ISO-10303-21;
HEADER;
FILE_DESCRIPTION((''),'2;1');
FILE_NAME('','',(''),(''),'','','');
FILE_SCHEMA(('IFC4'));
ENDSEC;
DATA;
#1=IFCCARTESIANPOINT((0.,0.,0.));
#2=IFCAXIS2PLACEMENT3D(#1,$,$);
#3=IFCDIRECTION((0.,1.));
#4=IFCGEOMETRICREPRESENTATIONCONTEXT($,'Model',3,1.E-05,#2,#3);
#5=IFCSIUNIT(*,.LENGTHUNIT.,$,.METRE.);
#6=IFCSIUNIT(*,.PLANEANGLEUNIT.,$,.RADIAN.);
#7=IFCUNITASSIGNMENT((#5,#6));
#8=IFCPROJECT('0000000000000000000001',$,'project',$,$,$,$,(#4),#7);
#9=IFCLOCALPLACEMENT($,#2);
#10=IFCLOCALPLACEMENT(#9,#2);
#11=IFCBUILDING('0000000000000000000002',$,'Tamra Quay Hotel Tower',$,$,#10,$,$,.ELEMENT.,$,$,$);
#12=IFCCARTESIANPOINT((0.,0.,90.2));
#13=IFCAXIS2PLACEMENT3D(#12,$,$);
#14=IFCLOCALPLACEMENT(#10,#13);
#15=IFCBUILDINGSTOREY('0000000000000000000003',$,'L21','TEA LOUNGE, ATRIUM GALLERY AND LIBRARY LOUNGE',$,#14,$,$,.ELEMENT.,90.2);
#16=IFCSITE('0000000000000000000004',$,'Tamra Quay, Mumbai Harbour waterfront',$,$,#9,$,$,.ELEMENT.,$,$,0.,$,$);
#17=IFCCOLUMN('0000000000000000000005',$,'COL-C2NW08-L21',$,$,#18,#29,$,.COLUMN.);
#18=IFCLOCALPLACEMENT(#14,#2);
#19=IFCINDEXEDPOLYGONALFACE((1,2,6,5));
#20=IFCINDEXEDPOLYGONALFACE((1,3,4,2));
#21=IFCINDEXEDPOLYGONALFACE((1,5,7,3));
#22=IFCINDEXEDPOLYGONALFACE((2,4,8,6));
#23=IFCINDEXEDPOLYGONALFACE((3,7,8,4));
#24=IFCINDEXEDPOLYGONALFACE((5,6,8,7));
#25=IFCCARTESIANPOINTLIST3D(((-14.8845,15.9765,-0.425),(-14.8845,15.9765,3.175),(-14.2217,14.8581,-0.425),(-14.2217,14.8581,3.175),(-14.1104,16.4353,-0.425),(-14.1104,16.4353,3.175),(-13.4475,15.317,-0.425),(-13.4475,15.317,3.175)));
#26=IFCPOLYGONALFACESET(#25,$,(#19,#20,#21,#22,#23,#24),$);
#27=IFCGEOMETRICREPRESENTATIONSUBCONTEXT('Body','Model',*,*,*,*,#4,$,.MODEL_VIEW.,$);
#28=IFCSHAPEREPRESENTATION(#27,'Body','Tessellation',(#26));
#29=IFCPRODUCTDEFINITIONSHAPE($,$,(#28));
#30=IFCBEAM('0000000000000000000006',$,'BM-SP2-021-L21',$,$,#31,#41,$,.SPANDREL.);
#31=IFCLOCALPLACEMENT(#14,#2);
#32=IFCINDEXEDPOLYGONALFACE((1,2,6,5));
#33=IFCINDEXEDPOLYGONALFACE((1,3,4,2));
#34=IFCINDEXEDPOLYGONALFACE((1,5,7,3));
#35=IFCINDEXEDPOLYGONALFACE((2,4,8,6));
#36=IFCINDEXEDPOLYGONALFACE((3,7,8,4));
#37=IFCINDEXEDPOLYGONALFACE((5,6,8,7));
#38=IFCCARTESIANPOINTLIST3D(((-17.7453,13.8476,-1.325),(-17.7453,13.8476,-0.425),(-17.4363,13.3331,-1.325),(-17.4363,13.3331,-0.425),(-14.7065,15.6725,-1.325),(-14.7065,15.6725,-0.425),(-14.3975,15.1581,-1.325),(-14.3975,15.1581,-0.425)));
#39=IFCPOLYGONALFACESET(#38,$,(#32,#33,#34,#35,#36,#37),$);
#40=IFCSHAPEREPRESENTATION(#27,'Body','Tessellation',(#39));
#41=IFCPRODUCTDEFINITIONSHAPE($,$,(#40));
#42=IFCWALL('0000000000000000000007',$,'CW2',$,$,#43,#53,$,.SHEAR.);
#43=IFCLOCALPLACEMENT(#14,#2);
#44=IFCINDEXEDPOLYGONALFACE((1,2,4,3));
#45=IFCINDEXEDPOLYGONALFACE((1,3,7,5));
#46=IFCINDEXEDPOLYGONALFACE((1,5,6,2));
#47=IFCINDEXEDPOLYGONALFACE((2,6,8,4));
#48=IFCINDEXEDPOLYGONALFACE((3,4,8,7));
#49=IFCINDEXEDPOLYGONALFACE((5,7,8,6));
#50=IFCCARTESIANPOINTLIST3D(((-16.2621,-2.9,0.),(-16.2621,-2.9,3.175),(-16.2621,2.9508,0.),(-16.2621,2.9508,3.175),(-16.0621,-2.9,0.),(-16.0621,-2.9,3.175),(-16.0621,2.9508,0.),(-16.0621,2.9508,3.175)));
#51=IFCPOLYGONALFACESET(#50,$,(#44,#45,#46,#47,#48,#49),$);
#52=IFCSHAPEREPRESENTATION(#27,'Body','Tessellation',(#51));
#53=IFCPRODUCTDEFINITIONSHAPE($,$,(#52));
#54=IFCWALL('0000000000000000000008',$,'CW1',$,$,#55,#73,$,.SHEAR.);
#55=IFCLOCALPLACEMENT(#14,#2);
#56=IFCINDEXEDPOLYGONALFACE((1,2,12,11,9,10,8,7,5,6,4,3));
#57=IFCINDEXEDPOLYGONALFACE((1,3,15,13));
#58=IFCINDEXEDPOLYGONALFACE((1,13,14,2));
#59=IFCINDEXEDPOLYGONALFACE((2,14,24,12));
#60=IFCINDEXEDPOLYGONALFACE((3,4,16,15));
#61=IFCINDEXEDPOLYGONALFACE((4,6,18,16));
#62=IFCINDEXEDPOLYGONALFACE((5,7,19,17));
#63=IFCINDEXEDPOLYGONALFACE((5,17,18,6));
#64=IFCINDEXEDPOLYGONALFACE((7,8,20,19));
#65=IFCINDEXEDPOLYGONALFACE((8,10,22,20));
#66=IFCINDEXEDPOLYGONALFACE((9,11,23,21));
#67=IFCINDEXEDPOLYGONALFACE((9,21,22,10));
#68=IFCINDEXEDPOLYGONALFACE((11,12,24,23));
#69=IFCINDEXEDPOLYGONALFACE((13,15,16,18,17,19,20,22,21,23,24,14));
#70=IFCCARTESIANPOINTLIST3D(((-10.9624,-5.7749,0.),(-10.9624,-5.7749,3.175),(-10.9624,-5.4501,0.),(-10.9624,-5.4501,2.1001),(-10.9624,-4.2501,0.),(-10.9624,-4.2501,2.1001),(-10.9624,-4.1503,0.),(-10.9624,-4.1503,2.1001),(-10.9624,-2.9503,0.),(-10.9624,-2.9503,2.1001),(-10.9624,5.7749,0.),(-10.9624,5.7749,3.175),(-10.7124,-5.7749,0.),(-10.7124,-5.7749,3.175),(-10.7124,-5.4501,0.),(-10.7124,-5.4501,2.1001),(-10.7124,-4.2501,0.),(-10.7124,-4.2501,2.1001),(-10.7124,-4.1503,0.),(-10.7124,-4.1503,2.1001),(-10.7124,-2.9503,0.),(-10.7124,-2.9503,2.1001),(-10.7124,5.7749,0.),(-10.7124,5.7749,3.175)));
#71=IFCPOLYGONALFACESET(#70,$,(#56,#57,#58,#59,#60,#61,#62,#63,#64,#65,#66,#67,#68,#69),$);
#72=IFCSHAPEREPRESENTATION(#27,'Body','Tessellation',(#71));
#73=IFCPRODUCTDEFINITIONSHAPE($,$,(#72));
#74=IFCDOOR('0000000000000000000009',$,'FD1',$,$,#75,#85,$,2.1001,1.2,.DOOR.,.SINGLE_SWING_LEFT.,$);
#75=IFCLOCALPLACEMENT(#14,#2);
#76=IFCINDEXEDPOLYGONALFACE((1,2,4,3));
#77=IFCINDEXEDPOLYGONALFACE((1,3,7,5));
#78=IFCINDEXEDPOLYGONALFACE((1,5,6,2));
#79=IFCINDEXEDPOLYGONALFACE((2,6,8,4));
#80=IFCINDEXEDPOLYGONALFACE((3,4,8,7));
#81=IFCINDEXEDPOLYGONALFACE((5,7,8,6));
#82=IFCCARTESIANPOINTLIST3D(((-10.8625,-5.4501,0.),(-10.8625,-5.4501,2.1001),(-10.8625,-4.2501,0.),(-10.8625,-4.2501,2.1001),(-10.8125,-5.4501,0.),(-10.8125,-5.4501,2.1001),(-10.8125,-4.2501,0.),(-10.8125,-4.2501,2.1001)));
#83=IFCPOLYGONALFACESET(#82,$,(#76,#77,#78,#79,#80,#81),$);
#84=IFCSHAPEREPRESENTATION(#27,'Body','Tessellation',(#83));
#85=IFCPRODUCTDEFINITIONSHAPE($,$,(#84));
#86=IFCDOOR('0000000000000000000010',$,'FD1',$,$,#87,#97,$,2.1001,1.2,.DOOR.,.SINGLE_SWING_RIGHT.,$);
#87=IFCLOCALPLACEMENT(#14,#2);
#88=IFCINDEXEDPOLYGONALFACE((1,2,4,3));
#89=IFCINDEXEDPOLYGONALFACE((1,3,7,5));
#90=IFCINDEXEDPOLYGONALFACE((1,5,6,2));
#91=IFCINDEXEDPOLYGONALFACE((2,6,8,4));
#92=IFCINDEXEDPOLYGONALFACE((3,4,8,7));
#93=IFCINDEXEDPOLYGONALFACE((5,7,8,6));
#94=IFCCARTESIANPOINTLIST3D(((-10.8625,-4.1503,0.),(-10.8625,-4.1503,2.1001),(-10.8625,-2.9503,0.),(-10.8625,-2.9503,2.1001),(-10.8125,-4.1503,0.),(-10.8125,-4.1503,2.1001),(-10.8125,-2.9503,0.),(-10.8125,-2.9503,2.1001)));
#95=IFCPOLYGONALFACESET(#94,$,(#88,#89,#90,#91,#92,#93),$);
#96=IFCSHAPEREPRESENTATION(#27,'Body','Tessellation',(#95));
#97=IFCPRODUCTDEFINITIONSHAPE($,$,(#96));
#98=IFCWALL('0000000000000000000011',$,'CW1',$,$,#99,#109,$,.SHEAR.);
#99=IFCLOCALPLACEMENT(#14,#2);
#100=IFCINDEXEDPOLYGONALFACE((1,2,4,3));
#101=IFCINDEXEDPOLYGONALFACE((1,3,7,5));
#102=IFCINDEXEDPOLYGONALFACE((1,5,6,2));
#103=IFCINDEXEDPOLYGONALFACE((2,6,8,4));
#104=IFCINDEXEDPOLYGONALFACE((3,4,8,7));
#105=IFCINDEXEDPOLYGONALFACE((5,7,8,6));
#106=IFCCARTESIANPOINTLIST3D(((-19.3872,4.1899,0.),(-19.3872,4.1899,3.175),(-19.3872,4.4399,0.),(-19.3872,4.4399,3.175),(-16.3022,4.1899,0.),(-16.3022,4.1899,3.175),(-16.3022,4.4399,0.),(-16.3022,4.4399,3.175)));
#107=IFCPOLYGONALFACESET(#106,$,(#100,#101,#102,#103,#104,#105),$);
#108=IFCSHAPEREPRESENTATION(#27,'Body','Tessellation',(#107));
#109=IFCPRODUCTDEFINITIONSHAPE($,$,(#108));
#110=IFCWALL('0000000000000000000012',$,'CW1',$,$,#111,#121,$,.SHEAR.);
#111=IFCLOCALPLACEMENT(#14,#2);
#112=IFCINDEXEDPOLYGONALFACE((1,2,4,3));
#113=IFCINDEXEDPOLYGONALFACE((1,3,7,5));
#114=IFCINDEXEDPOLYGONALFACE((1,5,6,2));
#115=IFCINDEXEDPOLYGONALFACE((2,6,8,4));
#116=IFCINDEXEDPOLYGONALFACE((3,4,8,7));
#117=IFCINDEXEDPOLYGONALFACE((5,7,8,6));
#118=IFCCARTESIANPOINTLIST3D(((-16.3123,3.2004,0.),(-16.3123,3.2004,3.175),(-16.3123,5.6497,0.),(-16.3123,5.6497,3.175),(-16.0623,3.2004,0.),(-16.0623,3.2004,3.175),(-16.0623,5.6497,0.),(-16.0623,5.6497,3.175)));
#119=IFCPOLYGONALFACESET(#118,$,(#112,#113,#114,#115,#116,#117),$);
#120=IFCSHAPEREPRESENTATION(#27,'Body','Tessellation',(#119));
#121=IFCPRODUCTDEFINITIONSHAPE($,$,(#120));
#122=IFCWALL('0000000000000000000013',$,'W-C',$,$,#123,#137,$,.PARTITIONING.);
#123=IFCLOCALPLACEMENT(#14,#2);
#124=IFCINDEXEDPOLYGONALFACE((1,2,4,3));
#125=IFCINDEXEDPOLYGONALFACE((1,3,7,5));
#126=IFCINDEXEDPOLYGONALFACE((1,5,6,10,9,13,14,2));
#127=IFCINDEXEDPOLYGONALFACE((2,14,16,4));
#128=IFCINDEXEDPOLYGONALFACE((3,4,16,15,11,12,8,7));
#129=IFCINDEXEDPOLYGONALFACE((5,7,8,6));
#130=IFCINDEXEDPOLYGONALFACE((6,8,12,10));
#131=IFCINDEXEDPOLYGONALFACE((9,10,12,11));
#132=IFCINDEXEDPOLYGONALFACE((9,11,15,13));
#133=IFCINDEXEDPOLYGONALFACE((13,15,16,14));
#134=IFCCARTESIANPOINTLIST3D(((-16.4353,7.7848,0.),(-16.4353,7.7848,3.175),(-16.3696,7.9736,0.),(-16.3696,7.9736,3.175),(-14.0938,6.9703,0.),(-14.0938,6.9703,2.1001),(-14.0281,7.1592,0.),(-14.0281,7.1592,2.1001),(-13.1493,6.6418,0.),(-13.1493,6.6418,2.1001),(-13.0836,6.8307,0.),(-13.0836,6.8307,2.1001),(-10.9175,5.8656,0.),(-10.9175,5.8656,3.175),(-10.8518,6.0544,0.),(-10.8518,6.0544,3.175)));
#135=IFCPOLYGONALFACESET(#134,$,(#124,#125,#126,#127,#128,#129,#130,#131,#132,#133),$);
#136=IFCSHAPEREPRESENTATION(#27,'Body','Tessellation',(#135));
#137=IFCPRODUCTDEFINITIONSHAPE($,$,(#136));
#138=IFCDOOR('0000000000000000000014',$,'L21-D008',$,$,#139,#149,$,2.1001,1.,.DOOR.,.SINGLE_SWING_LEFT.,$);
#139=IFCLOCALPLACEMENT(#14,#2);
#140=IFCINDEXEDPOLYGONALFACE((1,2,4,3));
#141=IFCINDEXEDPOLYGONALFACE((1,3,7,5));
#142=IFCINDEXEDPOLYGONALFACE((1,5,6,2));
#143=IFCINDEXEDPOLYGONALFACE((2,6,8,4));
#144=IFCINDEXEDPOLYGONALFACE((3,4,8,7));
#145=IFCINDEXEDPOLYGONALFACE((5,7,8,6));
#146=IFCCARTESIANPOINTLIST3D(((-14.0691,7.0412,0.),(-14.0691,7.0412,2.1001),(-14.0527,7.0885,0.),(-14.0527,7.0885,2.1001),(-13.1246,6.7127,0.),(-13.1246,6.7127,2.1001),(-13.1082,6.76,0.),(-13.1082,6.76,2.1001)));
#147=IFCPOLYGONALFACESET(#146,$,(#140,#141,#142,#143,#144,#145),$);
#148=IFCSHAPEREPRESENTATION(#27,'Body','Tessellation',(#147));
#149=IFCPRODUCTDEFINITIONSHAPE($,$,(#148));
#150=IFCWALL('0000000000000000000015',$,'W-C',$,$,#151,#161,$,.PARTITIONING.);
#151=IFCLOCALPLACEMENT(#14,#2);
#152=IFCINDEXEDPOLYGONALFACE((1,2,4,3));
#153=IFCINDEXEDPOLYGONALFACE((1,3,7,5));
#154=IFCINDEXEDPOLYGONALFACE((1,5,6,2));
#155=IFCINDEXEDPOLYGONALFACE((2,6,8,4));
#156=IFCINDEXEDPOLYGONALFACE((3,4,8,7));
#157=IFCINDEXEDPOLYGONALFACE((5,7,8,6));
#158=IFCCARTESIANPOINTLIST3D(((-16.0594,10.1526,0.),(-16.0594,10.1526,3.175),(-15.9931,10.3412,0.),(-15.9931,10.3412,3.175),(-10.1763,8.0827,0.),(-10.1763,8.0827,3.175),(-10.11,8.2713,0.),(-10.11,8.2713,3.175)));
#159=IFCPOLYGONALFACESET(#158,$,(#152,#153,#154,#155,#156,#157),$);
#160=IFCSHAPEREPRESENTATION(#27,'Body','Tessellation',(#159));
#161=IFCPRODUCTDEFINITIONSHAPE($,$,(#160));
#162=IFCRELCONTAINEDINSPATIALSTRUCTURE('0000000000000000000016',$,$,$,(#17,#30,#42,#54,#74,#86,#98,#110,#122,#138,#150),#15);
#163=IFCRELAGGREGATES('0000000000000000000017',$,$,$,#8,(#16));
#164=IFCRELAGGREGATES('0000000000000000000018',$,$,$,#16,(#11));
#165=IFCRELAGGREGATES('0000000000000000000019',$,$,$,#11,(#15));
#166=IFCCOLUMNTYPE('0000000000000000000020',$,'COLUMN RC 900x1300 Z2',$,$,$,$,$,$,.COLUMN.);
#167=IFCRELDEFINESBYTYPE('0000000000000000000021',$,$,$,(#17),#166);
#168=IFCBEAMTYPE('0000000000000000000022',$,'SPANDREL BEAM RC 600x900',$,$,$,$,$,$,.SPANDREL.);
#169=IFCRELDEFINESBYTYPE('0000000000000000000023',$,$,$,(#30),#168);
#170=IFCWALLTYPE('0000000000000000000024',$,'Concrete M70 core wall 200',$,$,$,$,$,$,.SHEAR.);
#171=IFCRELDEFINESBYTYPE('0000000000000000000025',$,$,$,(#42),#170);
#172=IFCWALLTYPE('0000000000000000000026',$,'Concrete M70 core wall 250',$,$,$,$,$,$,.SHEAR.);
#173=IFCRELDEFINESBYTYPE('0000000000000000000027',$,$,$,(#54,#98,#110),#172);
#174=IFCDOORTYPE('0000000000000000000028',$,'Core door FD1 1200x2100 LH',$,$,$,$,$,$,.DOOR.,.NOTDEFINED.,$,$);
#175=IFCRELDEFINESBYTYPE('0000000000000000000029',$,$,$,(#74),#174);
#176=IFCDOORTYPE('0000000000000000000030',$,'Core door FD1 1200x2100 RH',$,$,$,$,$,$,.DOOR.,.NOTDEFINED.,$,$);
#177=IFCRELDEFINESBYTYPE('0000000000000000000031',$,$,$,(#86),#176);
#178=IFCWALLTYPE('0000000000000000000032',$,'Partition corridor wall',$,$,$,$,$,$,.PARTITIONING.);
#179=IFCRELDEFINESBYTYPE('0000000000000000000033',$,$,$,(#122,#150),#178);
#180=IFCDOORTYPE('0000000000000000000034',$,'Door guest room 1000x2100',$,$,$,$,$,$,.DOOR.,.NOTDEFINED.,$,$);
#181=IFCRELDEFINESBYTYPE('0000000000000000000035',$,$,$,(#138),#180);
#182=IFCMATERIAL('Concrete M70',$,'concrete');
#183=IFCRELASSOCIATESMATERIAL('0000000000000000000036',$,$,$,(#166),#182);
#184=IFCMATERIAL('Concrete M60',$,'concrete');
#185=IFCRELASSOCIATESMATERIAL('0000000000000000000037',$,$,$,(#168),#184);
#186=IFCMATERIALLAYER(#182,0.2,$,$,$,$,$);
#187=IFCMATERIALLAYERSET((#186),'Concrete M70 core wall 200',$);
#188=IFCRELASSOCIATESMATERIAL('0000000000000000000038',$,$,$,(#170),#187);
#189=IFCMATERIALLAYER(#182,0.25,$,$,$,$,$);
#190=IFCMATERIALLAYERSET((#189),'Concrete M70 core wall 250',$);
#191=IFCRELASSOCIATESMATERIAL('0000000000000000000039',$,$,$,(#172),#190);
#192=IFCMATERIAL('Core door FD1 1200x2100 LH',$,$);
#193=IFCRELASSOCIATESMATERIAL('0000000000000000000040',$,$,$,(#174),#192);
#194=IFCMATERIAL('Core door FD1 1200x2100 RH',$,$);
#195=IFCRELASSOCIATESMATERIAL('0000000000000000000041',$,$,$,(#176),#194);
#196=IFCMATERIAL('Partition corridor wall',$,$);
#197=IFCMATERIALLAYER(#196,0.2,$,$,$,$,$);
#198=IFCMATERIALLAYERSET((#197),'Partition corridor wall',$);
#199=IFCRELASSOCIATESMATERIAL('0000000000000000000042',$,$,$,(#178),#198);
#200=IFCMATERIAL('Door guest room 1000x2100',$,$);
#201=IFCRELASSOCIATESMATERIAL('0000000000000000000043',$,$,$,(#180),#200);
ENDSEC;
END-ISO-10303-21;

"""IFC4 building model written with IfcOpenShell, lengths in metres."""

from ifc_helpers import new_model, si_unit, direction, frame, frame_2d, origin, origin_2d, place, context, subcontext, project, spatial, rectangle, extrude, material, layer, layer_set, material_profile, profile_set, type_object, element, fill, save


model = new_model("IFC4")

# Units and contexts
model_context = context("Model", 3, precision=1e-05, world=origin(), true_north=direction((0.0, 1.0)))
body_context = subcontext(model_context, "Body", "Model", "MODEL_VIEW")
ifc_project = project(units=[si_unit("LENGTHUNIT", "METRE"), si_unit("PLANEANGLEUNIT", "RADIAN")], contexts=[model_context])

# Site, building, storey
site_placement = place(None, origin())
site = spatial("IfcSite", under=ifc_project, at=site_placement, Name="Tamra Quay, Mumbai Harbour waterfront", CompositionType="ELEMENT", RefElevation=0.0)
building_placement = place(site_placement, origin())
building = spatial("IfcBuilding", under=site, at=building_placement, Name="Tamra Quay Hotel Tower", CompositionType="ELEMENT")
storey_placement = place(building_placement, frame((0.0, 0.0, 90.2)))
storey = spatial("IfcBuildingStorey", under=building, at=storey_placement, Name="L21", Description="TEA LOUNGE, ATRIUM GALLERY AND LIBRARY LOUNGE", CompositionType="ELEMENT", Elevation=90.2)

# Column
ifc_material_1 = material(Name="Concrete M70", Category="concrete")
ifc_material_profile_1 = material_profile(ifc_material_1, rectangle(XDim=1.3, YDim=0.8999, at=origin_2d()), Name="COLUMN RC 900x1300 Z2")
ifc_profile_set_1 = profile_set([ifc_material_profile_1], Name="Concrete M70")
column_type = type_object("IfcColumnType", Name="COLUMN RC 900x1300 Z2", PredefinedType="COLUMN", material=ifc_profile_set_1)
column_placement = place(storey_placement, frame((-14.166, 15.6467, -0.425), z_axis=(0.0, 0.0, 1.0), x_axis=(-0.509873, 0.860249, 0.0)))
element("IfcColumn", 1, at=column_placement, inside=storey, type_object=column_type, Name="COL-C2NW08-L21", PredefinedType="COLUMN", context=body_context, shape_type="SweptSolid", body=[
    extrude(rectangle(XDim=1.3, YDim=0.8999, at=origin_2d()), origin(), (0.0, 0.0, 1.0), 3.6001),
])

# Beam
ifc_material_2 = material(Name="Concrete M60", Category="concrete")
ifc_material_profile_2 = material_profile(ifc_material_2, rectangle(XDim=0.6001, YDim=0.8999, at=origin_2d()), Name="SPANDREL BEAM RC 600x900")
ifc_profile_set_2 = profile_set([ifc_material_profile_2], Name="Concrete M60")
beam_type = type_object("IfcBeamType", Name="SPANDREL BEAM RC 600x900", PredefinedType="SPANDREL", material=ifc_profile_set_2)
beam_placement = place(storey_placement, frame((-14.552, 15.4153, -0.875), z_axis=(-0.857286, -0.51484, 0.0), x_axis=(0.51484, -0.857286, 0.0)))
element("IfcBeam", 2, at=beam_placement, inside=storey, type_object=beam_type, Name="BM-SP2-021-L21", PredefinedType="SPANDREL", context=body_context, shape_type="SweptSolid", body=[
    extrude(rectangle(XDim=0.6001, YDim=0.8999, at=origin_2d()), origin(), (0.0, 0.0, 1.0), 3.5447),
])

# Wall
ifc_layer_1 = layer(ifc_material_1, 0.2)
ifc_layer_set_1 = layer_set([ifc_layer_1], Name="Concrete M70 core wall 200")
wall_type_1 = type_object("IfcWallType", Name="Concrete M70 core wall 200", PredefinedType="SHEAR", material=ifc_layer_set_1)
wall_1_placement = place(storey_placement, frame((-16.1621, 2.9507, 0.0), z_axis=(0.0, 0.0, 1.0), x_axis=(0.0, -1.0, 0.0)))
element("IfcWall", 3, at=wall_1_placement, inside=storey, type_object=wall_type_1, Name="CW2", PredefinedType="SHEAR", context=body_context, shape_type="SweptSolid", body=[
    extrude(rectangle(XDim=5.8508, YDim=0.2, at=frame_2d((2.9253, 0.0))), origin(), (0.0, 0.0, 1.0), 3.175),
])

# Wall, openings, doors
ifc_layer_2 = layer(ifc_material_1, 0.25)
ifc_layer_set_2 = layer_set([ifc_layer_2], Name="Concrete M70 core wall 250")
wall_type_2 = type_object("IfcWallType", Name="Concrete M70 core wall 250", PredefinedType="SHEAR", material=ifc_layer_set_2)
wall_2_placement = place(storey_placement, frame((-10.8374, 5.7749, 0.0), z_axis=(0.0, 0.0, 1.0), x_axis=(0.0, -1.0, 0.0)))
wall_2 = element("IfcWall", 4, at=wall_2_placement, inside=storey, type_object=wall_type_2, Name="CW1", PredefinedType="SHEAR", context=body_context, shape_type="SweptSolid", body=[
    extrude(rectangle(XDim=11.5498, YDim=0.25, at=frame_2d((5.7749, 0.0))), origin(), (0.0, 0.0, 1.0), 3.175),
])
opening_1_placement = place(wall_2_placement, frame((10.0249, 0.0, 0.0)))
opening_1 = element("IfcOpeningElement", 5, at=opening_1_placement, cuts=wall_2, PredefinedType="OPENING", context=body_context, shape_type="SweptSolid", body=[
    extrude(rectangle(XDim=1.2, YDim=2.1001, at=frame_2d((0.6001, 1.05))), frame((0.0, 0.135, 0.0), z_axis=(0.0, -1.0, 0.0), x_axis=(1.0, 0.0, 0.0)), (0.0, 0.0, 1.0), 0.27),
])
opening_2_placement = place(wall_2_placement, frame((8.7251, 0.0, 0.0)))
opening_2 = element("IfcOpeningElement", 6, at=opening_2_placement, cuts=wall_2, PredefinedType="OPENING", context=body_context, shape_type="SweptSolid", body=[
    extrude(rectangle(XDim=1.2, YDim=2.1001, at=frame_2d((0.6001, 1.05))), frame((0.0, 0.135, 0.0), z_axis=(0.0, -1.0, 0.0), x_axis=(1.0, 0.0, 0.0)), (0.0, 0.0, 1.0), 0.27),
])
ifc_material_3 = material(Name="Core door FD1 1200x2100 LH")
door_type_1 = type_object("IfcDoorType", Name="Core door FD1 1200x2100 LH", OperationType="NOTDEFINED", PredefinedType="DOOR", material=ifc_material_3)
door_1_placement = place(opening_1_placement, origin())
door_1 = element("IfcDoor", 7, at=door_1_placement, inside=storey, type_object=door_type_1, Name="FD1", OperationType="SINGLE_SWING_LEFT", OverallHeight=2.1001, OverallWidth=1.2, PredefinedType="DOOR", context=body_context, shape_type="SweptSolid", body=[
    extrude(rectangle(XDim=1.2, YDim=2.1001, at=frame_2d((0.6001, 1.05))), frame((0.0, 0.0249, 0.0), z_axis=(0.0, -1.0, 0.0), x_axis=(1.0, 0.0, 0.0)), (0.0, 0.0, 1.0), 0.05),
])
fill(opening_1, door_1)
ifc_material_4 = material(Name="Core door FD1 1200x2100 RH")
door_type_2 = type_object("IfcDoorType", Name="Core door FD1 1200x2100 RH", OperationType="NOTDEFINED", PredefinedType="DOOR", material=ifc_material_4)
door_2_placement = place(opening_2_placement, origin())
door_2 = element("IfcDoor", 8, at=door_2_placement, inside=storey, type_object=door_type_2, Name="FD1", OperationType="SINGLE_SWING_RIGHT", OverallHeight=2.1001, OverallWidth=1.2, PredefinedType="DOOR", context=body_context, shape_type="SweptSolid", body=[
    extrude(rectangle(XDim=1.2, YDim=2.1001, at=frame_2d((0.6001, 1.05))), frame((0.0, 0.0249, 0.0), z_axis=(0.0, -1.0, 0.0), x_axis=(1.0, 0.0, 0.0)), (0.0, 0.0, 1.0), 0.05),
])
fill(opening_2, door_2)

# Walls
wall_3_placement = place(storey_placement, frame((-16.3022, 4.3149, 0.0), z_axis=(0.0, 0.0, 1.0), x_axis=(-1.0, 0.0, 0.0)))
element("IfcWall", 9, at=wall_3_placement, inside=storey, type_object=wall_type_2, Name="CW1", PredefinedType="SHEAR", context=body_context, shape_type="SweptSolid", body=[
    extrude(rectangle(XDim=3.085, YDim=0.25, at=frame_2d((1.5425, 0.0))), origin(), (0.0, 0.0, 1.0), 3.175),
])
wall_4_placement = place(storey_placement, frame((-16.1873, 3.2004, 0.0), z_axis=(0.0, 0.0, 1.0), x_axis=(0.0, 1.0, 0.0)))
element("IfcWall", 10, at=wall_4_placement, inside=storey, type_object=wall_type_2, Name="CW1", PredefinedType="SHEAR", context=body_context, shape_type="SweptSolid", body=[
    extrude(rectangle(XDim=2.4492, YDim=0.25, at=frame_2d((1.2246, 0.0))), origin(), (0.0, 0.0, 1.0), 3.175),
])

# Wall, opening, door
ifc_material_5 = material(Name="Partition corridor wall")
ifc_layer_3 = layer(ifc_material_5, 0.2)
ifc_layer_set_3 = layer_set([ifc_layer_3], Name="Partition corridor wall")
wall_type_3 = type_object("IfcWallType", Name="Partition corridor wall", PredefinedType="PARTITIONING", material=ifc_layer_set_3)
wall_5_placement = place(storey_placement, frame((-16.4023, 7.8792, 0.0), z_axis=(0.0, 0.0, 1.0), x_axis=(0.9445, -0.328513, 0.0)))
wall_5 = element("IfcWall", 11, at=wall_5_placement, inside=storey, type_object=wall_type_3, Name="W-C", PredefinedType="PARTITIONING", context=body_context, shape_type="SweptSolid", body=[
    extrude(rectangle(XDim=5.842, YDim=0.2, at=frame_2d((2.9209, 0.0))), origin(), (0.0, 0.0, 1.0), 3.175),
])
opening_3_placement = place(wall_5_placement, frame((2.479, 0.0, 0.0)))
opening_3 = element("IfcOpeningElement", 12, at=opening_3_placement, cuts=wall_5, PredefinedType="OPENING", context=body_context, shape_type="SweptSolid", body=[
    extrude(rectangle(XDim=1.0, YDim=2.1001, at=frame_2d((0.5, 1.05))), frame((0.0, 0.1099, 0.0), z_axis=(0.0, -1.0, 0.0), x_axis=(1.0, 0.0, 0.0)), (0.0, 0.0, 1.0), 0.22),
])
ifc_material_6 = material(Name="Door guest room 1000x2100")
door_type_3 = type_object("IfcDoorType", Name="Door guest room 1000x2100", OperationType="NOTDEFINED", PredefinedType="DOOR", material=ifc_material_6)
door_3_placement = place(opening_3_placement, frame((1.0, 0.0, 0.0), z_axis=(0.0, 0.0, 1.0), x_axis=(-1.0, 0.0, 0.0)))
door_3 = element("IfcDoor", 13, at=door_3_placement, inside=storey, type_object=door_type_3, Name="L21-D008", OperationType="SINGLE_SWING_LEFT", OverallHeight=2.1001, OverallWidth=1.0, PredefinedType="DOOR", context=body_context, shape_type="SweptSolid", body=[
    extrude(rectangle(XDim=1.0, YDim=2.1001, at=frame_2d((0.5, 1.05))), frame((0.0, 0.0249, 0.0), z_axis=(0.0, -1.0, 0.0), x_axis=(1.0, 0.0, 0.0)), (0.0, 0.0, 1.0), 0.05),
])
fill(opening_3, door_3)

# Wall
wall_6_placement = place(storey_placement, frame((-16.0261, 10.2468, 0.0), z_axis=(0.0, 0.0, 1.0), x_axis=(0.943319, -0.331886, 0.0)))
element("IfcWall", 14, at=wall_6_placement, inside=storey, type_object=wall_type_3, Name="W-C", PredefinedType="PARTITIONING", context=body_context, shape_type="SweptSolid", body=[
    extrude(rectangle(XDim=6.2366, YDim=0.2, at=frame_2d((3.1182, 0.0))), origin(), (0.0, 0.0, 1.0), 3.175),
])

save(model, "model.ifc")
